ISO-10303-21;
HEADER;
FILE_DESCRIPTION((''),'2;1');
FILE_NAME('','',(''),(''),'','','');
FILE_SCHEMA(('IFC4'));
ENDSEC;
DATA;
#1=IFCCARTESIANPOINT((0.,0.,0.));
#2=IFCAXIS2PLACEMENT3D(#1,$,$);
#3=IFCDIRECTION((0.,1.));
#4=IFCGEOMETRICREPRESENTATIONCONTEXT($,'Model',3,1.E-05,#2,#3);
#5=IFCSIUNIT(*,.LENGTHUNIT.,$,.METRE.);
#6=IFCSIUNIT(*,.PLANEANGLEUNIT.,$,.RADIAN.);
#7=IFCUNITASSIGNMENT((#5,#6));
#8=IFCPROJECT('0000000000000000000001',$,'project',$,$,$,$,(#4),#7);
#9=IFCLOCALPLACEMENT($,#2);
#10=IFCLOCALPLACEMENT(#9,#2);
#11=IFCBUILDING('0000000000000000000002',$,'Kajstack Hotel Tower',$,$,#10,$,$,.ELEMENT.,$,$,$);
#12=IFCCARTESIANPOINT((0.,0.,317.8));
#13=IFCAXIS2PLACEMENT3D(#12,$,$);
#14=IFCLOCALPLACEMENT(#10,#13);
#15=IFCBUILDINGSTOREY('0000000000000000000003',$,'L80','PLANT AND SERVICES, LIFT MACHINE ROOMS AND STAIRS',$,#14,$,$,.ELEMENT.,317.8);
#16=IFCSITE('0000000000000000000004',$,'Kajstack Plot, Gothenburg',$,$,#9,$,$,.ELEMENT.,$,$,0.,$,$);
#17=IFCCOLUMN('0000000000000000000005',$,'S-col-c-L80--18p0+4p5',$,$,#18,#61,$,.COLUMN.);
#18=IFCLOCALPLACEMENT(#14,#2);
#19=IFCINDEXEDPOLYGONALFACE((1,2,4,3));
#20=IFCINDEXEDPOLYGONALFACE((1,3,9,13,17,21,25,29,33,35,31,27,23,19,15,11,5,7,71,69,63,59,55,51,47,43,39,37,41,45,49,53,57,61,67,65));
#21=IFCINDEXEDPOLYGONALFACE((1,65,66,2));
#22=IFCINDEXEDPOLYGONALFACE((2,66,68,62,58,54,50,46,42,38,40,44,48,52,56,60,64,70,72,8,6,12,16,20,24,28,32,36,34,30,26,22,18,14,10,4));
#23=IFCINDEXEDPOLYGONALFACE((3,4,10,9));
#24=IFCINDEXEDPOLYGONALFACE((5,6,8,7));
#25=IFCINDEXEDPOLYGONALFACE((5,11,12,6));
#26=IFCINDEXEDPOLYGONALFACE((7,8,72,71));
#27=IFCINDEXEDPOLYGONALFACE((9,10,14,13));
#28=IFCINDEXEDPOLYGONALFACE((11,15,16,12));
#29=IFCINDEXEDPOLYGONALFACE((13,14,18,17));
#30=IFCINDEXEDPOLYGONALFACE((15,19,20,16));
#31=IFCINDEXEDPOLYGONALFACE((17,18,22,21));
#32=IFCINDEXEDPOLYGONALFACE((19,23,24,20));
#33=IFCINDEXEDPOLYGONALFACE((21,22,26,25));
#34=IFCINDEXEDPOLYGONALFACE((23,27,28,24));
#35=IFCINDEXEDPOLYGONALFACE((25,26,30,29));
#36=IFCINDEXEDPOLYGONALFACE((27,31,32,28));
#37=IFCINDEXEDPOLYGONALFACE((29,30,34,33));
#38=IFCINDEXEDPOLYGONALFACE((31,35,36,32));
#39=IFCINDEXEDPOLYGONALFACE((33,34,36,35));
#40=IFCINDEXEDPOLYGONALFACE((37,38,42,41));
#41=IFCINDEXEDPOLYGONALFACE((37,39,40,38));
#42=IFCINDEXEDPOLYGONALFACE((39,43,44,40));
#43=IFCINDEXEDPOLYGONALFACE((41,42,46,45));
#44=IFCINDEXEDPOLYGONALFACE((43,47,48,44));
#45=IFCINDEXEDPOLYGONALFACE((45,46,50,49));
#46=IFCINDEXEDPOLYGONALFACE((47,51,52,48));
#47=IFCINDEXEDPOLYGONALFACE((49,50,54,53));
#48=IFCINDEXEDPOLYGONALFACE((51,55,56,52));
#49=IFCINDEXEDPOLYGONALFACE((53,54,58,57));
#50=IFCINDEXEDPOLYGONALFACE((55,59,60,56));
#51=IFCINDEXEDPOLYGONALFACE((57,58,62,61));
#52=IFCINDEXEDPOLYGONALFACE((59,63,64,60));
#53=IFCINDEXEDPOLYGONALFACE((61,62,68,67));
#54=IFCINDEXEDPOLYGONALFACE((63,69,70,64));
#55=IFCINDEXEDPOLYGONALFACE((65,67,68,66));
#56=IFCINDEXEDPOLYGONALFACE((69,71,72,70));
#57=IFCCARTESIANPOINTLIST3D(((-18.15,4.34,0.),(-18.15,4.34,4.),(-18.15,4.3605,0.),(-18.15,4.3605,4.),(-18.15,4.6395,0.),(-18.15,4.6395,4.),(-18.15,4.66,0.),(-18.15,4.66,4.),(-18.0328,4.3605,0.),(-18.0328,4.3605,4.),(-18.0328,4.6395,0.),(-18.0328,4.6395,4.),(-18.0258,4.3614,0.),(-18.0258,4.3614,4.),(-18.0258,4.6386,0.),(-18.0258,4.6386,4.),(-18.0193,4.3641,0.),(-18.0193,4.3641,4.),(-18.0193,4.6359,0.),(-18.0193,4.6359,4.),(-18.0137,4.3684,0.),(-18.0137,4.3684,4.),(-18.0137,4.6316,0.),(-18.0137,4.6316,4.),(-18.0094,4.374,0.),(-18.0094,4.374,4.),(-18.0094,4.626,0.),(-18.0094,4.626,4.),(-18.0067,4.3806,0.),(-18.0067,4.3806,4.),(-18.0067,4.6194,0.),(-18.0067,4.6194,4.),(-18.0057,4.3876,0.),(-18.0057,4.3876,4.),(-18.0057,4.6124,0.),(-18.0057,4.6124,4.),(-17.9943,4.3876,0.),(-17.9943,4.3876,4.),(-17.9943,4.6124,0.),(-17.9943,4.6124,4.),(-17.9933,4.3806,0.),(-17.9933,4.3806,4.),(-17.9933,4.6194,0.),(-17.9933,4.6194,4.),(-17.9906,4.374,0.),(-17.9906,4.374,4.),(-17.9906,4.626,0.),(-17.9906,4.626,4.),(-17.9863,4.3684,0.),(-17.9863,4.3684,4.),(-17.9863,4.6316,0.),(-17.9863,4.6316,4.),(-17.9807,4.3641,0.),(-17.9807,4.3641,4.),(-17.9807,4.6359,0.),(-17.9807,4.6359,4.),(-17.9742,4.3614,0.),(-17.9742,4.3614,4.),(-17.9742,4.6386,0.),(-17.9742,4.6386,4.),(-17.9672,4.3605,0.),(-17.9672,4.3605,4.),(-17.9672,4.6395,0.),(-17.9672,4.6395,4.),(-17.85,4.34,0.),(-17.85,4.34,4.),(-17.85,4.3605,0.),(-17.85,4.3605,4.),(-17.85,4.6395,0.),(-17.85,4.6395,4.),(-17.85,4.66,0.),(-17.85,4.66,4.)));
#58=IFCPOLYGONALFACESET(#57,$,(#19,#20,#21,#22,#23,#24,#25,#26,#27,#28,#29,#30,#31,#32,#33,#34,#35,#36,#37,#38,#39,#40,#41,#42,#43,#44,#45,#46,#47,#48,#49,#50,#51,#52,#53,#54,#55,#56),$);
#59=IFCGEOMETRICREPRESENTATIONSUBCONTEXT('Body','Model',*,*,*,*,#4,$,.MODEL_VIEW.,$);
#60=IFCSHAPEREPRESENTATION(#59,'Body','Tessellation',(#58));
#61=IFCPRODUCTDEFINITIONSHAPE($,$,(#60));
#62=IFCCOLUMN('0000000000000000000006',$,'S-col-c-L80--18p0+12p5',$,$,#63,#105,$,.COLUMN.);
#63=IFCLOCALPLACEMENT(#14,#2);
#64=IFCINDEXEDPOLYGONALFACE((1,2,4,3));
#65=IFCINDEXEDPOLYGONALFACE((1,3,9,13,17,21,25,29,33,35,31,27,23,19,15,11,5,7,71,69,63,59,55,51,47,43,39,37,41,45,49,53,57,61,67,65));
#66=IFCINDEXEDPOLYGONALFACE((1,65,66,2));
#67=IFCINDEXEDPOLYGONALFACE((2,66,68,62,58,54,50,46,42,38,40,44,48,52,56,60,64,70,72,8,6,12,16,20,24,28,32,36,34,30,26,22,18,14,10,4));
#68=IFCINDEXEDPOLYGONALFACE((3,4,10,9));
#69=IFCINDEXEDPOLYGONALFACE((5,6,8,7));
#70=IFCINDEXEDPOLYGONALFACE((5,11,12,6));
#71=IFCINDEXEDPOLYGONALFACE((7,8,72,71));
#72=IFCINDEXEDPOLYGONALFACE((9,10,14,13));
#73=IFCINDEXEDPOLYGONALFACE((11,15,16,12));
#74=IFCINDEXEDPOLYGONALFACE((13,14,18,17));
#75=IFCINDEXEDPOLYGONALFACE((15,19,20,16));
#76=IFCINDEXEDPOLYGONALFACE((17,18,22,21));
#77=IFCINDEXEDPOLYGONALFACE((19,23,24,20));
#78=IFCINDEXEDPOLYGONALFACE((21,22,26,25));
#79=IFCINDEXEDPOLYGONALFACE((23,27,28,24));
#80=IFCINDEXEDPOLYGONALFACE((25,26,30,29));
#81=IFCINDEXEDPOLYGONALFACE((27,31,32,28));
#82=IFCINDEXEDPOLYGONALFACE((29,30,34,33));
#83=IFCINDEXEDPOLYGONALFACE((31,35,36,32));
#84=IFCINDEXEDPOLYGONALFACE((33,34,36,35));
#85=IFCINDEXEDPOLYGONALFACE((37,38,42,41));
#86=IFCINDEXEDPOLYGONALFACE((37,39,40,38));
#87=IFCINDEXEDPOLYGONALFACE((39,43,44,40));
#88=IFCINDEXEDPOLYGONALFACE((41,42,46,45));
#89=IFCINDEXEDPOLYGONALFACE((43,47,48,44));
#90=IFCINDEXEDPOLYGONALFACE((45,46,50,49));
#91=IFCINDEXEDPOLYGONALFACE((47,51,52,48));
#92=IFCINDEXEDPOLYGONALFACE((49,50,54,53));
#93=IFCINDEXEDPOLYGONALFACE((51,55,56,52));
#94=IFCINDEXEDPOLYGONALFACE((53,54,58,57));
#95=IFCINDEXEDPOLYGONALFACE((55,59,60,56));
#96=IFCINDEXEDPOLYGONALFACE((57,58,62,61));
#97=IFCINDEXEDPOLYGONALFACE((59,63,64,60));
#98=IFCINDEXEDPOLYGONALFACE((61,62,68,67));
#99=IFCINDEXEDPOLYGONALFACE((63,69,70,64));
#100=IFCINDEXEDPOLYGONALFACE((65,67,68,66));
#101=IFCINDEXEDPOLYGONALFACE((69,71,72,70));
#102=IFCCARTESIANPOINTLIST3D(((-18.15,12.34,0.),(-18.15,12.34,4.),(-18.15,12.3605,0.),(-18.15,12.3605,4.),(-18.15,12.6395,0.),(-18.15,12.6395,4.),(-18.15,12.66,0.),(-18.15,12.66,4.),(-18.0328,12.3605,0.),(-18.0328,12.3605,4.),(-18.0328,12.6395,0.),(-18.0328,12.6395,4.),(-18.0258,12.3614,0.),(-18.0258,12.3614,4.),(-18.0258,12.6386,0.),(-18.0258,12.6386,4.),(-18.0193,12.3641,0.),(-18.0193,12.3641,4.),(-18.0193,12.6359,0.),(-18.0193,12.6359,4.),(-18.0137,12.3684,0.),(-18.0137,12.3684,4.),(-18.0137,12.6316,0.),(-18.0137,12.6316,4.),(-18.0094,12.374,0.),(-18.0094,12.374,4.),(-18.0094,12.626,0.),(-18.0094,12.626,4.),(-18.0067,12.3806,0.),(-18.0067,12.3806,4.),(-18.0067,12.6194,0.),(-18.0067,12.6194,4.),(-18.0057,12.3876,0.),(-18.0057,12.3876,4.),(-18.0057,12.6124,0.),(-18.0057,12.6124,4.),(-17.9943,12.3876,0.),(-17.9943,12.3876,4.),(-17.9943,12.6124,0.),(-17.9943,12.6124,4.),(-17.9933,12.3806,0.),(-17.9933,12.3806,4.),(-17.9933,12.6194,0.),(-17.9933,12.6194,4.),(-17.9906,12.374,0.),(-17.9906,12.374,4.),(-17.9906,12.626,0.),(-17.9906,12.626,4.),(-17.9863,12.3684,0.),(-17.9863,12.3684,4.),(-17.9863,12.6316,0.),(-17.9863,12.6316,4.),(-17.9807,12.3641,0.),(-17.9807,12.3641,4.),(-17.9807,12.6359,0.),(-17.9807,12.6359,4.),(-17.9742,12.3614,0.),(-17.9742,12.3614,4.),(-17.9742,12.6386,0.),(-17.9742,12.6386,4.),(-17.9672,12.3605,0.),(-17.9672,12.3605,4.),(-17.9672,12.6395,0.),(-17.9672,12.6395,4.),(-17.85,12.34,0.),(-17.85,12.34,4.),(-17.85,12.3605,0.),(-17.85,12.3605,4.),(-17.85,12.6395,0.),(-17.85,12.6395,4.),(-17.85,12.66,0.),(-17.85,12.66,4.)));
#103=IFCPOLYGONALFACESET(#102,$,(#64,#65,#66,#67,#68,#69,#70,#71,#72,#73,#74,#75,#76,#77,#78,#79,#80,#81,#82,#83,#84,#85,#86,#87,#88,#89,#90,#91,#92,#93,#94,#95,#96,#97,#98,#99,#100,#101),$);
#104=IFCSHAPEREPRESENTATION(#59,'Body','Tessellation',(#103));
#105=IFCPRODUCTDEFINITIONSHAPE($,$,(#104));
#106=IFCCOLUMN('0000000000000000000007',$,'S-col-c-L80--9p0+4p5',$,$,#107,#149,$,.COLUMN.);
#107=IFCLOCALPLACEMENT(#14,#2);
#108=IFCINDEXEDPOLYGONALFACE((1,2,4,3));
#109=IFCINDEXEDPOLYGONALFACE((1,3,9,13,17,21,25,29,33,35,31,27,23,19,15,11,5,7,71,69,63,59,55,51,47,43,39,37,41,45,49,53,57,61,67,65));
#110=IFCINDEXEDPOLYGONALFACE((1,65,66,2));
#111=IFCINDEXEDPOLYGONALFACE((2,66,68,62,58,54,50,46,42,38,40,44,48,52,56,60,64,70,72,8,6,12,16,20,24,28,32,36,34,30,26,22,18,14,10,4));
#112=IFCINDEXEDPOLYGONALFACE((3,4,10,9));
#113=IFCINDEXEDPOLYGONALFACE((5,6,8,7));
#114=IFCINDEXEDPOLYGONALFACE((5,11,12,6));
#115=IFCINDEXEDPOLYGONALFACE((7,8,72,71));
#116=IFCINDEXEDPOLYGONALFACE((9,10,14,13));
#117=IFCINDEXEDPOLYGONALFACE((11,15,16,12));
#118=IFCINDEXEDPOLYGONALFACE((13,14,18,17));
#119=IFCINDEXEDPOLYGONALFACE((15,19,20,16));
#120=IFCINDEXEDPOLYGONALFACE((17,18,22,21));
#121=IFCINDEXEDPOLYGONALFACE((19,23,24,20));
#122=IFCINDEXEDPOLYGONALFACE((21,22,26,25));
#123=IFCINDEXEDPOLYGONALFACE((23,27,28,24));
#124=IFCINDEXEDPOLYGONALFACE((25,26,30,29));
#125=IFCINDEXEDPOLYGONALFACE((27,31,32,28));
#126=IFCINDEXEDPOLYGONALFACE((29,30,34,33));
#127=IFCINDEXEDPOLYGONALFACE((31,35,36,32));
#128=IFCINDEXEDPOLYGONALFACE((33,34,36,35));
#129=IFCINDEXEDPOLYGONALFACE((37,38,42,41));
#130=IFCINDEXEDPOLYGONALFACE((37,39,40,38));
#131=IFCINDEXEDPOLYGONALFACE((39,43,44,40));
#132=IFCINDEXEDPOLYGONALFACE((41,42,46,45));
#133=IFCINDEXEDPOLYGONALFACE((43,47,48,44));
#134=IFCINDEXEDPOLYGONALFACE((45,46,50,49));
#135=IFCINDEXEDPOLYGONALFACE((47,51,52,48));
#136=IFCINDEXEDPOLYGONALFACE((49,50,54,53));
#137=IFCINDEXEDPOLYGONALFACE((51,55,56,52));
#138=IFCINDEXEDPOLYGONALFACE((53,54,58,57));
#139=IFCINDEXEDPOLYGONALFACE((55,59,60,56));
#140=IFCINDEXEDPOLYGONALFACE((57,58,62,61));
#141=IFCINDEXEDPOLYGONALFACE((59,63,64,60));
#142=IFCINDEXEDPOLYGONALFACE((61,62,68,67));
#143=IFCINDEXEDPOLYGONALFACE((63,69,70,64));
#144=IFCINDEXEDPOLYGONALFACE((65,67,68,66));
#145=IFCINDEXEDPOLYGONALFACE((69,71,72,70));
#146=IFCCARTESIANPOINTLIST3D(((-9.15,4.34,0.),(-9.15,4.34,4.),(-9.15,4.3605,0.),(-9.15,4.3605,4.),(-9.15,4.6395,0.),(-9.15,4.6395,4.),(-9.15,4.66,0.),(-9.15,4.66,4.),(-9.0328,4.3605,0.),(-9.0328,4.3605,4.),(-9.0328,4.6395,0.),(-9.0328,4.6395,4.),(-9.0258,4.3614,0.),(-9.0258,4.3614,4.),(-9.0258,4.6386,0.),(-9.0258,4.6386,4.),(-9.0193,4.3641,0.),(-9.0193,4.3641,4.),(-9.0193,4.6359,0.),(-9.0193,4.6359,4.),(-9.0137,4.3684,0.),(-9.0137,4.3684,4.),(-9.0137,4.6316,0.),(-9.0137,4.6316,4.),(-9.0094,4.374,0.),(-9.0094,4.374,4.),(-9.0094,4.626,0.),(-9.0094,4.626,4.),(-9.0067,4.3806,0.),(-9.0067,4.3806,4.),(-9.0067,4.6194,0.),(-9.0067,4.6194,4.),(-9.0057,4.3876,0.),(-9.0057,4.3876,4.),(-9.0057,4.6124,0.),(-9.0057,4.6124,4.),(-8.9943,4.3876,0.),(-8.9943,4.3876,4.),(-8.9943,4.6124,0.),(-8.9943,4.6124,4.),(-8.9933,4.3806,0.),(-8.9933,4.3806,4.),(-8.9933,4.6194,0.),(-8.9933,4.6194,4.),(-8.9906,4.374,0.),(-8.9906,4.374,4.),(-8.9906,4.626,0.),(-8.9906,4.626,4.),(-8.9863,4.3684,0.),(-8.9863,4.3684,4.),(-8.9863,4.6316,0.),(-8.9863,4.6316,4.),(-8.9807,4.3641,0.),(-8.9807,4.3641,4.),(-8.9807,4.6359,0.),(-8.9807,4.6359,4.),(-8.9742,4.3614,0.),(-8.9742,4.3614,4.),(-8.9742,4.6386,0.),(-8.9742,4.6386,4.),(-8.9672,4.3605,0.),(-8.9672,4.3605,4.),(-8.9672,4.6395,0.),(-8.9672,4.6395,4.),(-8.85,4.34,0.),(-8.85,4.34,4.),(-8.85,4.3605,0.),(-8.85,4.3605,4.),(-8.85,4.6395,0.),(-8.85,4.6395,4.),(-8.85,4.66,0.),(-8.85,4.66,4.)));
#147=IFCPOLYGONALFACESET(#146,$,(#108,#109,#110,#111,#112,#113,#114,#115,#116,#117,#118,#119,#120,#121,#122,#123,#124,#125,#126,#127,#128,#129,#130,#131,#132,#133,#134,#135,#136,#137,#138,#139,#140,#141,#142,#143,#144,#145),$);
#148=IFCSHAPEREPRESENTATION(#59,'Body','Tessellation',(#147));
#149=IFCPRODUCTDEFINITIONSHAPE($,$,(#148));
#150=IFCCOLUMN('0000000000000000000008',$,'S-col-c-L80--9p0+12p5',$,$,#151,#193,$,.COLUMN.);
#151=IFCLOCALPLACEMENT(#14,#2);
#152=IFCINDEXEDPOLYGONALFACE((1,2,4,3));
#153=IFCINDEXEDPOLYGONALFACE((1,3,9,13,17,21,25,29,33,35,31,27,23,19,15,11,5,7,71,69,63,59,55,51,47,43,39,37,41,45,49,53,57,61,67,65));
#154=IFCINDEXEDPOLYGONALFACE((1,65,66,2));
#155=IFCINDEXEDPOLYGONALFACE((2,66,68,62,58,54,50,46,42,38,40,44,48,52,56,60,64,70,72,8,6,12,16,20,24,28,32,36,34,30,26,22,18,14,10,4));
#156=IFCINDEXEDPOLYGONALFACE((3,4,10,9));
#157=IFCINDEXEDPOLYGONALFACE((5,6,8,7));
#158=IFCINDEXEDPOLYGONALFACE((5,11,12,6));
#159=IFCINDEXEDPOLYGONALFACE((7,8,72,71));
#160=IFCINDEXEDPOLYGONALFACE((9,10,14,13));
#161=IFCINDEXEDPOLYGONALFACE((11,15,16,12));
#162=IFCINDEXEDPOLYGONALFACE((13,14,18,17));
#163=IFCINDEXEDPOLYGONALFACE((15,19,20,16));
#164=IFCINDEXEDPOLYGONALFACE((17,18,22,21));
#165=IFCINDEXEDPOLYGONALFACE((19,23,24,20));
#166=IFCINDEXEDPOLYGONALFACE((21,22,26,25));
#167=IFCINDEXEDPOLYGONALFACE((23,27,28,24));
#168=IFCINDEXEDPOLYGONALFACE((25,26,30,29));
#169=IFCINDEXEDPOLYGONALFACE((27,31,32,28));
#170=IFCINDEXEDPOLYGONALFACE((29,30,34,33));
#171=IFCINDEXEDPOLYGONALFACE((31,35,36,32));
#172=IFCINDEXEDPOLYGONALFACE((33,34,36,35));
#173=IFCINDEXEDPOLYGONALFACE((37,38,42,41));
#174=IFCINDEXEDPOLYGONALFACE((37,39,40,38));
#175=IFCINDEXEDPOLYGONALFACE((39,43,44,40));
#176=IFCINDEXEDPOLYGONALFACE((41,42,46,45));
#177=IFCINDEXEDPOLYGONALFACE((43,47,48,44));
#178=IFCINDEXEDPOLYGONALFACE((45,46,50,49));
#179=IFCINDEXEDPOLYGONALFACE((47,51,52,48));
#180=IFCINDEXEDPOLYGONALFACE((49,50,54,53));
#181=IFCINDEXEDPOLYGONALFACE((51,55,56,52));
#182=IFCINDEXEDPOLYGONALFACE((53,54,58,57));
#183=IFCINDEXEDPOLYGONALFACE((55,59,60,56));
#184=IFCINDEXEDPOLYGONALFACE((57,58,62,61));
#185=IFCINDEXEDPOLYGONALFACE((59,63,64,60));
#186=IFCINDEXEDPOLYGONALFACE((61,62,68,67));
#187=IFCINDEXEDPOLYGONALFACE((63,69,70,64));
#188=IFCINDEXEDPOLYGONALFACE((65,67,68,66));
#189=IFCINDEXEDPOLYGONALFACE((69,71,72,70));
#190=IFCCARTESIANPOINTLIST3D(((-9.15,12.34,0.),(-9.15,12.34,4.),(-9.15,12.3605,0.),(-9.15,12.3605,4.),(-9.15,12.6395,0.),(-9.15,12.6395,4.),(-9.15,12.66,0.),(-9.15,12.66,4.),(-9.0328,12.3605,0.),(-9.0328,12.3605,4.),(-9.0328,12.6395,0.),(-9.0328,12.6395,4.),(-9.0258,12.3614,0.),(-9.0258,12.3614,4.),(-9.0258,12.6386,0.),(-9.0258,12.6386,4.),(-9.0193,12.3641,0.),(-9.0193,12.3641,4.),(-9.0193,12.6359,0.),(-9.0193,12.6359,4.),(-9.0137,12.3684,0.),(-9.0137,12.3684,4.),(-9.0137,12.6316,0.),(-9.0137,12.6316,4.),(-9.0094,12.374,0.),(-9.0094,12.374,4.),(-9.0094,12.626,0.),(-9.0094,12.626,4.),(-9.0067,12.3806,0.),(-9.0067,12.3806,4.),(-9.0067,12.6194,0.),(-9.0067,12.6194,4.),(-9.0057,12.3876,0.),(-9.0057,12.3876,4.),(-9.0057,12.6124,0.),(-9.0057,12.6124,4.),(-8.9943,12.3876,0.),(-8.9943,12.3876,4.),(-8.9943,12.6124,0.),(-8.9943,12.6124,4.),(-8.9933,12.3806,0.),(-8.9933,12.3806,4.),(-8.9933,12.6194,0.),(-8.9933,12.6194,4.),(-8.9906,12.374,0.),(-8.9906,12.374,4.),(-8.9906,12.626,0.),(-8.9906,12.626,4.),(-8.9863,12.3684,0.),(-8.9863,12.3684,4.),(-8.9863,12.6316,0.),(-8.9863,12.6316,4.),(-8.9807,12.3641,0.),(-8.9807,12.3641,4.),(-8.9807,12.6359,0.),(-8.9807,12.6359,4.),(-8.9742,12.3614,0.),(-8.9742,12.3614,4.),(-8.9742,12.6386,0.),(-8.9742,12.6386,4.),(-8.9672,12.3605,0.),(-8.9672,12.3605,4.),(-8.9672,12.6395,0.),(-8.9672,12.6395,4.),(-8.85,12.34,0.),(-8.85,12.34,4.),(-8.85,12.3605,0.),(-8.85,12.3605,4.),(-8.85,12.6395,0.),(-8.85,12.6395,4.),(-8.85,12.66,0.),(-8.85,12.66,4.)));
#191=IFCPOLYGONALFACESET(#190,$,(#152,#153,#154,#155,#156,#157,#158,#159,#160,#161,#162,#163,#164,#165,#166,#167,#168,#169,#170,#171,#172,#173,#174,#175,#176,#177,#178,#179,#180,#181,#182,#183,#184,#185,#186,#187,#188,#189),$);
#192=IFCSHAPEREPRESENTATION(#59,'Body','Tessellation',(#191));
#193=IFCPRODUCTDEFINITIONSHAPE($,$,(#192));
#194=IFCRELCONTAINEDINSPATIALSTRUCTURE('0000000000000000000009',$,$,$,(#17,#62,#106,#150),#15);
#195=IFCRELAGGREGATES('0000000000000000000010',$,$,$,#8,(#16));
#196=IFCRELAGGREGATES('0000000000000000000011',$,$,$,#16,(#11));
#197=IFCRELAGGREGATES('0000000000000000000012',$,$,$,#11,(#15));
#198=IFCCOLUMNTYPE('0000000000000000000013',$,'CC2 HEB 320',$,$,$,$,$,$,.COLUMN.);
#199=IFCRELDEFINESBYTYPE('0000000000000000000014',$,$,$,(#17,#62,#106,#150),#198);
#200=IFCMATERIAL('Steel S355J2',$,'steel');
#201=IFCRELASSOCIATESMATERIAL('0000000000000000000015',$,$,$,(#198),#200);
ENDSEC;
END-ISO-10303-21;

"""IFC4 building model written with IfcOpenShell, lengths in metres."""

from ifc_helpers import new_model, si_unit, direction, frame, origin, origin_2d, place, context, subcontext, project, spatial, i_section, extrude, material, material_profile, profile_set, type_object, element, save


model = new_model("IFC4")

# Units and contexts
model_context = context("Model", 3, precision=1e-05, world=origin(), true_north=direction((0.0, 1.0)))
body_context = subcontext(model_context, "Body", "Model", "MODEL_VIEW")
ifc_project = project(units=[si_unit("LENGTHUNIT", "METRE"), si_unit("PLANEANGLEUNIT", "RADIAN")], contexts=[model_context])

# Site, building, storey
site_placement = place(None, origin())
site = spatial("IfcSite", under=ifc_project, at=site_placement, Name="Kajstack Plot, Gothenburg", CompositionType="ELEMENT", RefElevation=0.0)
building_placement = place(site_placement, origin())
building = spatial("IfcBuilding", under=site, at=building_placement, Name="Kajstack Hotel Tower", CompositionType="ELEMENT")
storey_placement = place(building_placement, frame((0.0, 0.0, 317.8)))
storey = spatial("IfcBuildingStorey", under=building, at=storey_placement, Name="L80", Description="PLANT AND SERVICES, LIFT MACHINE ROOMS AND STAIRS", CompositionType="ELEMENT", Elevation=317.8)

# Columns
ifc_material_1 = material(Name="Steel S355J2", Category="steel")
ifc_material_profile_1 = material_profile(ifc_material_1, i_section(OverallWidth=0.3, OverallDepth=0.3201, WebThickness=0.0115, FlangeThickness=0.0205, FilletRadius=0.0271, at=origin_2d()), Name="HEB 320")
ifc_profile_set_1 = profile_set([ifc_material_profile_1], Name="Steel S355J2")
column_type = type_object("IfcColumnType", Name="CC2 HEB 320", PredefinedType="COLUMN", material=ifc_profile_set_1)
for number, where, z_axis, x_axis, name in (
    (1, (-18.0, 4.5, 0.0), (0.0, 0.0, 1.0), (1.0, 0.0, 0.0), "S-col-c-L80--18p0+4p5"),
    (2, (-18.0, 12.5, 0.0), (0.0, 0.0, 1.0), (1.0, 0.0, 0.0), "S-col-c-L80--18p0+12p5"),
    (3, (-9.0, 4.5, 0.0), (0.0, 0.0, 1.0), (1.0, 0.0, 0.0), "S-col-c-L80--9p0+4p5"),
    (4, (-9.0, 12.5, 0.0), (0.0, 0.0, 1.0), (1.0, 0.0, 0.0), "S-col-c-L80--9p0+12p5"),
):
    element("IfcColumn", number, at=place(storey_placement, frame(where, z_axis=z_axis, x_axis=x_axis)), inside=storey, type_object=column_type, Name=name, PredefinedType="COLUMN", context=body_context, shape_type="SweptSolid", body=[
        extrude(i_section(OverallWidth=0.3, OverallDepth=0.3201, WebThickness=0.0115, FlangeThickness=0.0205, FilletRadius=0.0271, at=origin_2d()), origin(), (0.0, 0.0, 1.0), 4.0),
    ])

save(model, "model.ifc")
